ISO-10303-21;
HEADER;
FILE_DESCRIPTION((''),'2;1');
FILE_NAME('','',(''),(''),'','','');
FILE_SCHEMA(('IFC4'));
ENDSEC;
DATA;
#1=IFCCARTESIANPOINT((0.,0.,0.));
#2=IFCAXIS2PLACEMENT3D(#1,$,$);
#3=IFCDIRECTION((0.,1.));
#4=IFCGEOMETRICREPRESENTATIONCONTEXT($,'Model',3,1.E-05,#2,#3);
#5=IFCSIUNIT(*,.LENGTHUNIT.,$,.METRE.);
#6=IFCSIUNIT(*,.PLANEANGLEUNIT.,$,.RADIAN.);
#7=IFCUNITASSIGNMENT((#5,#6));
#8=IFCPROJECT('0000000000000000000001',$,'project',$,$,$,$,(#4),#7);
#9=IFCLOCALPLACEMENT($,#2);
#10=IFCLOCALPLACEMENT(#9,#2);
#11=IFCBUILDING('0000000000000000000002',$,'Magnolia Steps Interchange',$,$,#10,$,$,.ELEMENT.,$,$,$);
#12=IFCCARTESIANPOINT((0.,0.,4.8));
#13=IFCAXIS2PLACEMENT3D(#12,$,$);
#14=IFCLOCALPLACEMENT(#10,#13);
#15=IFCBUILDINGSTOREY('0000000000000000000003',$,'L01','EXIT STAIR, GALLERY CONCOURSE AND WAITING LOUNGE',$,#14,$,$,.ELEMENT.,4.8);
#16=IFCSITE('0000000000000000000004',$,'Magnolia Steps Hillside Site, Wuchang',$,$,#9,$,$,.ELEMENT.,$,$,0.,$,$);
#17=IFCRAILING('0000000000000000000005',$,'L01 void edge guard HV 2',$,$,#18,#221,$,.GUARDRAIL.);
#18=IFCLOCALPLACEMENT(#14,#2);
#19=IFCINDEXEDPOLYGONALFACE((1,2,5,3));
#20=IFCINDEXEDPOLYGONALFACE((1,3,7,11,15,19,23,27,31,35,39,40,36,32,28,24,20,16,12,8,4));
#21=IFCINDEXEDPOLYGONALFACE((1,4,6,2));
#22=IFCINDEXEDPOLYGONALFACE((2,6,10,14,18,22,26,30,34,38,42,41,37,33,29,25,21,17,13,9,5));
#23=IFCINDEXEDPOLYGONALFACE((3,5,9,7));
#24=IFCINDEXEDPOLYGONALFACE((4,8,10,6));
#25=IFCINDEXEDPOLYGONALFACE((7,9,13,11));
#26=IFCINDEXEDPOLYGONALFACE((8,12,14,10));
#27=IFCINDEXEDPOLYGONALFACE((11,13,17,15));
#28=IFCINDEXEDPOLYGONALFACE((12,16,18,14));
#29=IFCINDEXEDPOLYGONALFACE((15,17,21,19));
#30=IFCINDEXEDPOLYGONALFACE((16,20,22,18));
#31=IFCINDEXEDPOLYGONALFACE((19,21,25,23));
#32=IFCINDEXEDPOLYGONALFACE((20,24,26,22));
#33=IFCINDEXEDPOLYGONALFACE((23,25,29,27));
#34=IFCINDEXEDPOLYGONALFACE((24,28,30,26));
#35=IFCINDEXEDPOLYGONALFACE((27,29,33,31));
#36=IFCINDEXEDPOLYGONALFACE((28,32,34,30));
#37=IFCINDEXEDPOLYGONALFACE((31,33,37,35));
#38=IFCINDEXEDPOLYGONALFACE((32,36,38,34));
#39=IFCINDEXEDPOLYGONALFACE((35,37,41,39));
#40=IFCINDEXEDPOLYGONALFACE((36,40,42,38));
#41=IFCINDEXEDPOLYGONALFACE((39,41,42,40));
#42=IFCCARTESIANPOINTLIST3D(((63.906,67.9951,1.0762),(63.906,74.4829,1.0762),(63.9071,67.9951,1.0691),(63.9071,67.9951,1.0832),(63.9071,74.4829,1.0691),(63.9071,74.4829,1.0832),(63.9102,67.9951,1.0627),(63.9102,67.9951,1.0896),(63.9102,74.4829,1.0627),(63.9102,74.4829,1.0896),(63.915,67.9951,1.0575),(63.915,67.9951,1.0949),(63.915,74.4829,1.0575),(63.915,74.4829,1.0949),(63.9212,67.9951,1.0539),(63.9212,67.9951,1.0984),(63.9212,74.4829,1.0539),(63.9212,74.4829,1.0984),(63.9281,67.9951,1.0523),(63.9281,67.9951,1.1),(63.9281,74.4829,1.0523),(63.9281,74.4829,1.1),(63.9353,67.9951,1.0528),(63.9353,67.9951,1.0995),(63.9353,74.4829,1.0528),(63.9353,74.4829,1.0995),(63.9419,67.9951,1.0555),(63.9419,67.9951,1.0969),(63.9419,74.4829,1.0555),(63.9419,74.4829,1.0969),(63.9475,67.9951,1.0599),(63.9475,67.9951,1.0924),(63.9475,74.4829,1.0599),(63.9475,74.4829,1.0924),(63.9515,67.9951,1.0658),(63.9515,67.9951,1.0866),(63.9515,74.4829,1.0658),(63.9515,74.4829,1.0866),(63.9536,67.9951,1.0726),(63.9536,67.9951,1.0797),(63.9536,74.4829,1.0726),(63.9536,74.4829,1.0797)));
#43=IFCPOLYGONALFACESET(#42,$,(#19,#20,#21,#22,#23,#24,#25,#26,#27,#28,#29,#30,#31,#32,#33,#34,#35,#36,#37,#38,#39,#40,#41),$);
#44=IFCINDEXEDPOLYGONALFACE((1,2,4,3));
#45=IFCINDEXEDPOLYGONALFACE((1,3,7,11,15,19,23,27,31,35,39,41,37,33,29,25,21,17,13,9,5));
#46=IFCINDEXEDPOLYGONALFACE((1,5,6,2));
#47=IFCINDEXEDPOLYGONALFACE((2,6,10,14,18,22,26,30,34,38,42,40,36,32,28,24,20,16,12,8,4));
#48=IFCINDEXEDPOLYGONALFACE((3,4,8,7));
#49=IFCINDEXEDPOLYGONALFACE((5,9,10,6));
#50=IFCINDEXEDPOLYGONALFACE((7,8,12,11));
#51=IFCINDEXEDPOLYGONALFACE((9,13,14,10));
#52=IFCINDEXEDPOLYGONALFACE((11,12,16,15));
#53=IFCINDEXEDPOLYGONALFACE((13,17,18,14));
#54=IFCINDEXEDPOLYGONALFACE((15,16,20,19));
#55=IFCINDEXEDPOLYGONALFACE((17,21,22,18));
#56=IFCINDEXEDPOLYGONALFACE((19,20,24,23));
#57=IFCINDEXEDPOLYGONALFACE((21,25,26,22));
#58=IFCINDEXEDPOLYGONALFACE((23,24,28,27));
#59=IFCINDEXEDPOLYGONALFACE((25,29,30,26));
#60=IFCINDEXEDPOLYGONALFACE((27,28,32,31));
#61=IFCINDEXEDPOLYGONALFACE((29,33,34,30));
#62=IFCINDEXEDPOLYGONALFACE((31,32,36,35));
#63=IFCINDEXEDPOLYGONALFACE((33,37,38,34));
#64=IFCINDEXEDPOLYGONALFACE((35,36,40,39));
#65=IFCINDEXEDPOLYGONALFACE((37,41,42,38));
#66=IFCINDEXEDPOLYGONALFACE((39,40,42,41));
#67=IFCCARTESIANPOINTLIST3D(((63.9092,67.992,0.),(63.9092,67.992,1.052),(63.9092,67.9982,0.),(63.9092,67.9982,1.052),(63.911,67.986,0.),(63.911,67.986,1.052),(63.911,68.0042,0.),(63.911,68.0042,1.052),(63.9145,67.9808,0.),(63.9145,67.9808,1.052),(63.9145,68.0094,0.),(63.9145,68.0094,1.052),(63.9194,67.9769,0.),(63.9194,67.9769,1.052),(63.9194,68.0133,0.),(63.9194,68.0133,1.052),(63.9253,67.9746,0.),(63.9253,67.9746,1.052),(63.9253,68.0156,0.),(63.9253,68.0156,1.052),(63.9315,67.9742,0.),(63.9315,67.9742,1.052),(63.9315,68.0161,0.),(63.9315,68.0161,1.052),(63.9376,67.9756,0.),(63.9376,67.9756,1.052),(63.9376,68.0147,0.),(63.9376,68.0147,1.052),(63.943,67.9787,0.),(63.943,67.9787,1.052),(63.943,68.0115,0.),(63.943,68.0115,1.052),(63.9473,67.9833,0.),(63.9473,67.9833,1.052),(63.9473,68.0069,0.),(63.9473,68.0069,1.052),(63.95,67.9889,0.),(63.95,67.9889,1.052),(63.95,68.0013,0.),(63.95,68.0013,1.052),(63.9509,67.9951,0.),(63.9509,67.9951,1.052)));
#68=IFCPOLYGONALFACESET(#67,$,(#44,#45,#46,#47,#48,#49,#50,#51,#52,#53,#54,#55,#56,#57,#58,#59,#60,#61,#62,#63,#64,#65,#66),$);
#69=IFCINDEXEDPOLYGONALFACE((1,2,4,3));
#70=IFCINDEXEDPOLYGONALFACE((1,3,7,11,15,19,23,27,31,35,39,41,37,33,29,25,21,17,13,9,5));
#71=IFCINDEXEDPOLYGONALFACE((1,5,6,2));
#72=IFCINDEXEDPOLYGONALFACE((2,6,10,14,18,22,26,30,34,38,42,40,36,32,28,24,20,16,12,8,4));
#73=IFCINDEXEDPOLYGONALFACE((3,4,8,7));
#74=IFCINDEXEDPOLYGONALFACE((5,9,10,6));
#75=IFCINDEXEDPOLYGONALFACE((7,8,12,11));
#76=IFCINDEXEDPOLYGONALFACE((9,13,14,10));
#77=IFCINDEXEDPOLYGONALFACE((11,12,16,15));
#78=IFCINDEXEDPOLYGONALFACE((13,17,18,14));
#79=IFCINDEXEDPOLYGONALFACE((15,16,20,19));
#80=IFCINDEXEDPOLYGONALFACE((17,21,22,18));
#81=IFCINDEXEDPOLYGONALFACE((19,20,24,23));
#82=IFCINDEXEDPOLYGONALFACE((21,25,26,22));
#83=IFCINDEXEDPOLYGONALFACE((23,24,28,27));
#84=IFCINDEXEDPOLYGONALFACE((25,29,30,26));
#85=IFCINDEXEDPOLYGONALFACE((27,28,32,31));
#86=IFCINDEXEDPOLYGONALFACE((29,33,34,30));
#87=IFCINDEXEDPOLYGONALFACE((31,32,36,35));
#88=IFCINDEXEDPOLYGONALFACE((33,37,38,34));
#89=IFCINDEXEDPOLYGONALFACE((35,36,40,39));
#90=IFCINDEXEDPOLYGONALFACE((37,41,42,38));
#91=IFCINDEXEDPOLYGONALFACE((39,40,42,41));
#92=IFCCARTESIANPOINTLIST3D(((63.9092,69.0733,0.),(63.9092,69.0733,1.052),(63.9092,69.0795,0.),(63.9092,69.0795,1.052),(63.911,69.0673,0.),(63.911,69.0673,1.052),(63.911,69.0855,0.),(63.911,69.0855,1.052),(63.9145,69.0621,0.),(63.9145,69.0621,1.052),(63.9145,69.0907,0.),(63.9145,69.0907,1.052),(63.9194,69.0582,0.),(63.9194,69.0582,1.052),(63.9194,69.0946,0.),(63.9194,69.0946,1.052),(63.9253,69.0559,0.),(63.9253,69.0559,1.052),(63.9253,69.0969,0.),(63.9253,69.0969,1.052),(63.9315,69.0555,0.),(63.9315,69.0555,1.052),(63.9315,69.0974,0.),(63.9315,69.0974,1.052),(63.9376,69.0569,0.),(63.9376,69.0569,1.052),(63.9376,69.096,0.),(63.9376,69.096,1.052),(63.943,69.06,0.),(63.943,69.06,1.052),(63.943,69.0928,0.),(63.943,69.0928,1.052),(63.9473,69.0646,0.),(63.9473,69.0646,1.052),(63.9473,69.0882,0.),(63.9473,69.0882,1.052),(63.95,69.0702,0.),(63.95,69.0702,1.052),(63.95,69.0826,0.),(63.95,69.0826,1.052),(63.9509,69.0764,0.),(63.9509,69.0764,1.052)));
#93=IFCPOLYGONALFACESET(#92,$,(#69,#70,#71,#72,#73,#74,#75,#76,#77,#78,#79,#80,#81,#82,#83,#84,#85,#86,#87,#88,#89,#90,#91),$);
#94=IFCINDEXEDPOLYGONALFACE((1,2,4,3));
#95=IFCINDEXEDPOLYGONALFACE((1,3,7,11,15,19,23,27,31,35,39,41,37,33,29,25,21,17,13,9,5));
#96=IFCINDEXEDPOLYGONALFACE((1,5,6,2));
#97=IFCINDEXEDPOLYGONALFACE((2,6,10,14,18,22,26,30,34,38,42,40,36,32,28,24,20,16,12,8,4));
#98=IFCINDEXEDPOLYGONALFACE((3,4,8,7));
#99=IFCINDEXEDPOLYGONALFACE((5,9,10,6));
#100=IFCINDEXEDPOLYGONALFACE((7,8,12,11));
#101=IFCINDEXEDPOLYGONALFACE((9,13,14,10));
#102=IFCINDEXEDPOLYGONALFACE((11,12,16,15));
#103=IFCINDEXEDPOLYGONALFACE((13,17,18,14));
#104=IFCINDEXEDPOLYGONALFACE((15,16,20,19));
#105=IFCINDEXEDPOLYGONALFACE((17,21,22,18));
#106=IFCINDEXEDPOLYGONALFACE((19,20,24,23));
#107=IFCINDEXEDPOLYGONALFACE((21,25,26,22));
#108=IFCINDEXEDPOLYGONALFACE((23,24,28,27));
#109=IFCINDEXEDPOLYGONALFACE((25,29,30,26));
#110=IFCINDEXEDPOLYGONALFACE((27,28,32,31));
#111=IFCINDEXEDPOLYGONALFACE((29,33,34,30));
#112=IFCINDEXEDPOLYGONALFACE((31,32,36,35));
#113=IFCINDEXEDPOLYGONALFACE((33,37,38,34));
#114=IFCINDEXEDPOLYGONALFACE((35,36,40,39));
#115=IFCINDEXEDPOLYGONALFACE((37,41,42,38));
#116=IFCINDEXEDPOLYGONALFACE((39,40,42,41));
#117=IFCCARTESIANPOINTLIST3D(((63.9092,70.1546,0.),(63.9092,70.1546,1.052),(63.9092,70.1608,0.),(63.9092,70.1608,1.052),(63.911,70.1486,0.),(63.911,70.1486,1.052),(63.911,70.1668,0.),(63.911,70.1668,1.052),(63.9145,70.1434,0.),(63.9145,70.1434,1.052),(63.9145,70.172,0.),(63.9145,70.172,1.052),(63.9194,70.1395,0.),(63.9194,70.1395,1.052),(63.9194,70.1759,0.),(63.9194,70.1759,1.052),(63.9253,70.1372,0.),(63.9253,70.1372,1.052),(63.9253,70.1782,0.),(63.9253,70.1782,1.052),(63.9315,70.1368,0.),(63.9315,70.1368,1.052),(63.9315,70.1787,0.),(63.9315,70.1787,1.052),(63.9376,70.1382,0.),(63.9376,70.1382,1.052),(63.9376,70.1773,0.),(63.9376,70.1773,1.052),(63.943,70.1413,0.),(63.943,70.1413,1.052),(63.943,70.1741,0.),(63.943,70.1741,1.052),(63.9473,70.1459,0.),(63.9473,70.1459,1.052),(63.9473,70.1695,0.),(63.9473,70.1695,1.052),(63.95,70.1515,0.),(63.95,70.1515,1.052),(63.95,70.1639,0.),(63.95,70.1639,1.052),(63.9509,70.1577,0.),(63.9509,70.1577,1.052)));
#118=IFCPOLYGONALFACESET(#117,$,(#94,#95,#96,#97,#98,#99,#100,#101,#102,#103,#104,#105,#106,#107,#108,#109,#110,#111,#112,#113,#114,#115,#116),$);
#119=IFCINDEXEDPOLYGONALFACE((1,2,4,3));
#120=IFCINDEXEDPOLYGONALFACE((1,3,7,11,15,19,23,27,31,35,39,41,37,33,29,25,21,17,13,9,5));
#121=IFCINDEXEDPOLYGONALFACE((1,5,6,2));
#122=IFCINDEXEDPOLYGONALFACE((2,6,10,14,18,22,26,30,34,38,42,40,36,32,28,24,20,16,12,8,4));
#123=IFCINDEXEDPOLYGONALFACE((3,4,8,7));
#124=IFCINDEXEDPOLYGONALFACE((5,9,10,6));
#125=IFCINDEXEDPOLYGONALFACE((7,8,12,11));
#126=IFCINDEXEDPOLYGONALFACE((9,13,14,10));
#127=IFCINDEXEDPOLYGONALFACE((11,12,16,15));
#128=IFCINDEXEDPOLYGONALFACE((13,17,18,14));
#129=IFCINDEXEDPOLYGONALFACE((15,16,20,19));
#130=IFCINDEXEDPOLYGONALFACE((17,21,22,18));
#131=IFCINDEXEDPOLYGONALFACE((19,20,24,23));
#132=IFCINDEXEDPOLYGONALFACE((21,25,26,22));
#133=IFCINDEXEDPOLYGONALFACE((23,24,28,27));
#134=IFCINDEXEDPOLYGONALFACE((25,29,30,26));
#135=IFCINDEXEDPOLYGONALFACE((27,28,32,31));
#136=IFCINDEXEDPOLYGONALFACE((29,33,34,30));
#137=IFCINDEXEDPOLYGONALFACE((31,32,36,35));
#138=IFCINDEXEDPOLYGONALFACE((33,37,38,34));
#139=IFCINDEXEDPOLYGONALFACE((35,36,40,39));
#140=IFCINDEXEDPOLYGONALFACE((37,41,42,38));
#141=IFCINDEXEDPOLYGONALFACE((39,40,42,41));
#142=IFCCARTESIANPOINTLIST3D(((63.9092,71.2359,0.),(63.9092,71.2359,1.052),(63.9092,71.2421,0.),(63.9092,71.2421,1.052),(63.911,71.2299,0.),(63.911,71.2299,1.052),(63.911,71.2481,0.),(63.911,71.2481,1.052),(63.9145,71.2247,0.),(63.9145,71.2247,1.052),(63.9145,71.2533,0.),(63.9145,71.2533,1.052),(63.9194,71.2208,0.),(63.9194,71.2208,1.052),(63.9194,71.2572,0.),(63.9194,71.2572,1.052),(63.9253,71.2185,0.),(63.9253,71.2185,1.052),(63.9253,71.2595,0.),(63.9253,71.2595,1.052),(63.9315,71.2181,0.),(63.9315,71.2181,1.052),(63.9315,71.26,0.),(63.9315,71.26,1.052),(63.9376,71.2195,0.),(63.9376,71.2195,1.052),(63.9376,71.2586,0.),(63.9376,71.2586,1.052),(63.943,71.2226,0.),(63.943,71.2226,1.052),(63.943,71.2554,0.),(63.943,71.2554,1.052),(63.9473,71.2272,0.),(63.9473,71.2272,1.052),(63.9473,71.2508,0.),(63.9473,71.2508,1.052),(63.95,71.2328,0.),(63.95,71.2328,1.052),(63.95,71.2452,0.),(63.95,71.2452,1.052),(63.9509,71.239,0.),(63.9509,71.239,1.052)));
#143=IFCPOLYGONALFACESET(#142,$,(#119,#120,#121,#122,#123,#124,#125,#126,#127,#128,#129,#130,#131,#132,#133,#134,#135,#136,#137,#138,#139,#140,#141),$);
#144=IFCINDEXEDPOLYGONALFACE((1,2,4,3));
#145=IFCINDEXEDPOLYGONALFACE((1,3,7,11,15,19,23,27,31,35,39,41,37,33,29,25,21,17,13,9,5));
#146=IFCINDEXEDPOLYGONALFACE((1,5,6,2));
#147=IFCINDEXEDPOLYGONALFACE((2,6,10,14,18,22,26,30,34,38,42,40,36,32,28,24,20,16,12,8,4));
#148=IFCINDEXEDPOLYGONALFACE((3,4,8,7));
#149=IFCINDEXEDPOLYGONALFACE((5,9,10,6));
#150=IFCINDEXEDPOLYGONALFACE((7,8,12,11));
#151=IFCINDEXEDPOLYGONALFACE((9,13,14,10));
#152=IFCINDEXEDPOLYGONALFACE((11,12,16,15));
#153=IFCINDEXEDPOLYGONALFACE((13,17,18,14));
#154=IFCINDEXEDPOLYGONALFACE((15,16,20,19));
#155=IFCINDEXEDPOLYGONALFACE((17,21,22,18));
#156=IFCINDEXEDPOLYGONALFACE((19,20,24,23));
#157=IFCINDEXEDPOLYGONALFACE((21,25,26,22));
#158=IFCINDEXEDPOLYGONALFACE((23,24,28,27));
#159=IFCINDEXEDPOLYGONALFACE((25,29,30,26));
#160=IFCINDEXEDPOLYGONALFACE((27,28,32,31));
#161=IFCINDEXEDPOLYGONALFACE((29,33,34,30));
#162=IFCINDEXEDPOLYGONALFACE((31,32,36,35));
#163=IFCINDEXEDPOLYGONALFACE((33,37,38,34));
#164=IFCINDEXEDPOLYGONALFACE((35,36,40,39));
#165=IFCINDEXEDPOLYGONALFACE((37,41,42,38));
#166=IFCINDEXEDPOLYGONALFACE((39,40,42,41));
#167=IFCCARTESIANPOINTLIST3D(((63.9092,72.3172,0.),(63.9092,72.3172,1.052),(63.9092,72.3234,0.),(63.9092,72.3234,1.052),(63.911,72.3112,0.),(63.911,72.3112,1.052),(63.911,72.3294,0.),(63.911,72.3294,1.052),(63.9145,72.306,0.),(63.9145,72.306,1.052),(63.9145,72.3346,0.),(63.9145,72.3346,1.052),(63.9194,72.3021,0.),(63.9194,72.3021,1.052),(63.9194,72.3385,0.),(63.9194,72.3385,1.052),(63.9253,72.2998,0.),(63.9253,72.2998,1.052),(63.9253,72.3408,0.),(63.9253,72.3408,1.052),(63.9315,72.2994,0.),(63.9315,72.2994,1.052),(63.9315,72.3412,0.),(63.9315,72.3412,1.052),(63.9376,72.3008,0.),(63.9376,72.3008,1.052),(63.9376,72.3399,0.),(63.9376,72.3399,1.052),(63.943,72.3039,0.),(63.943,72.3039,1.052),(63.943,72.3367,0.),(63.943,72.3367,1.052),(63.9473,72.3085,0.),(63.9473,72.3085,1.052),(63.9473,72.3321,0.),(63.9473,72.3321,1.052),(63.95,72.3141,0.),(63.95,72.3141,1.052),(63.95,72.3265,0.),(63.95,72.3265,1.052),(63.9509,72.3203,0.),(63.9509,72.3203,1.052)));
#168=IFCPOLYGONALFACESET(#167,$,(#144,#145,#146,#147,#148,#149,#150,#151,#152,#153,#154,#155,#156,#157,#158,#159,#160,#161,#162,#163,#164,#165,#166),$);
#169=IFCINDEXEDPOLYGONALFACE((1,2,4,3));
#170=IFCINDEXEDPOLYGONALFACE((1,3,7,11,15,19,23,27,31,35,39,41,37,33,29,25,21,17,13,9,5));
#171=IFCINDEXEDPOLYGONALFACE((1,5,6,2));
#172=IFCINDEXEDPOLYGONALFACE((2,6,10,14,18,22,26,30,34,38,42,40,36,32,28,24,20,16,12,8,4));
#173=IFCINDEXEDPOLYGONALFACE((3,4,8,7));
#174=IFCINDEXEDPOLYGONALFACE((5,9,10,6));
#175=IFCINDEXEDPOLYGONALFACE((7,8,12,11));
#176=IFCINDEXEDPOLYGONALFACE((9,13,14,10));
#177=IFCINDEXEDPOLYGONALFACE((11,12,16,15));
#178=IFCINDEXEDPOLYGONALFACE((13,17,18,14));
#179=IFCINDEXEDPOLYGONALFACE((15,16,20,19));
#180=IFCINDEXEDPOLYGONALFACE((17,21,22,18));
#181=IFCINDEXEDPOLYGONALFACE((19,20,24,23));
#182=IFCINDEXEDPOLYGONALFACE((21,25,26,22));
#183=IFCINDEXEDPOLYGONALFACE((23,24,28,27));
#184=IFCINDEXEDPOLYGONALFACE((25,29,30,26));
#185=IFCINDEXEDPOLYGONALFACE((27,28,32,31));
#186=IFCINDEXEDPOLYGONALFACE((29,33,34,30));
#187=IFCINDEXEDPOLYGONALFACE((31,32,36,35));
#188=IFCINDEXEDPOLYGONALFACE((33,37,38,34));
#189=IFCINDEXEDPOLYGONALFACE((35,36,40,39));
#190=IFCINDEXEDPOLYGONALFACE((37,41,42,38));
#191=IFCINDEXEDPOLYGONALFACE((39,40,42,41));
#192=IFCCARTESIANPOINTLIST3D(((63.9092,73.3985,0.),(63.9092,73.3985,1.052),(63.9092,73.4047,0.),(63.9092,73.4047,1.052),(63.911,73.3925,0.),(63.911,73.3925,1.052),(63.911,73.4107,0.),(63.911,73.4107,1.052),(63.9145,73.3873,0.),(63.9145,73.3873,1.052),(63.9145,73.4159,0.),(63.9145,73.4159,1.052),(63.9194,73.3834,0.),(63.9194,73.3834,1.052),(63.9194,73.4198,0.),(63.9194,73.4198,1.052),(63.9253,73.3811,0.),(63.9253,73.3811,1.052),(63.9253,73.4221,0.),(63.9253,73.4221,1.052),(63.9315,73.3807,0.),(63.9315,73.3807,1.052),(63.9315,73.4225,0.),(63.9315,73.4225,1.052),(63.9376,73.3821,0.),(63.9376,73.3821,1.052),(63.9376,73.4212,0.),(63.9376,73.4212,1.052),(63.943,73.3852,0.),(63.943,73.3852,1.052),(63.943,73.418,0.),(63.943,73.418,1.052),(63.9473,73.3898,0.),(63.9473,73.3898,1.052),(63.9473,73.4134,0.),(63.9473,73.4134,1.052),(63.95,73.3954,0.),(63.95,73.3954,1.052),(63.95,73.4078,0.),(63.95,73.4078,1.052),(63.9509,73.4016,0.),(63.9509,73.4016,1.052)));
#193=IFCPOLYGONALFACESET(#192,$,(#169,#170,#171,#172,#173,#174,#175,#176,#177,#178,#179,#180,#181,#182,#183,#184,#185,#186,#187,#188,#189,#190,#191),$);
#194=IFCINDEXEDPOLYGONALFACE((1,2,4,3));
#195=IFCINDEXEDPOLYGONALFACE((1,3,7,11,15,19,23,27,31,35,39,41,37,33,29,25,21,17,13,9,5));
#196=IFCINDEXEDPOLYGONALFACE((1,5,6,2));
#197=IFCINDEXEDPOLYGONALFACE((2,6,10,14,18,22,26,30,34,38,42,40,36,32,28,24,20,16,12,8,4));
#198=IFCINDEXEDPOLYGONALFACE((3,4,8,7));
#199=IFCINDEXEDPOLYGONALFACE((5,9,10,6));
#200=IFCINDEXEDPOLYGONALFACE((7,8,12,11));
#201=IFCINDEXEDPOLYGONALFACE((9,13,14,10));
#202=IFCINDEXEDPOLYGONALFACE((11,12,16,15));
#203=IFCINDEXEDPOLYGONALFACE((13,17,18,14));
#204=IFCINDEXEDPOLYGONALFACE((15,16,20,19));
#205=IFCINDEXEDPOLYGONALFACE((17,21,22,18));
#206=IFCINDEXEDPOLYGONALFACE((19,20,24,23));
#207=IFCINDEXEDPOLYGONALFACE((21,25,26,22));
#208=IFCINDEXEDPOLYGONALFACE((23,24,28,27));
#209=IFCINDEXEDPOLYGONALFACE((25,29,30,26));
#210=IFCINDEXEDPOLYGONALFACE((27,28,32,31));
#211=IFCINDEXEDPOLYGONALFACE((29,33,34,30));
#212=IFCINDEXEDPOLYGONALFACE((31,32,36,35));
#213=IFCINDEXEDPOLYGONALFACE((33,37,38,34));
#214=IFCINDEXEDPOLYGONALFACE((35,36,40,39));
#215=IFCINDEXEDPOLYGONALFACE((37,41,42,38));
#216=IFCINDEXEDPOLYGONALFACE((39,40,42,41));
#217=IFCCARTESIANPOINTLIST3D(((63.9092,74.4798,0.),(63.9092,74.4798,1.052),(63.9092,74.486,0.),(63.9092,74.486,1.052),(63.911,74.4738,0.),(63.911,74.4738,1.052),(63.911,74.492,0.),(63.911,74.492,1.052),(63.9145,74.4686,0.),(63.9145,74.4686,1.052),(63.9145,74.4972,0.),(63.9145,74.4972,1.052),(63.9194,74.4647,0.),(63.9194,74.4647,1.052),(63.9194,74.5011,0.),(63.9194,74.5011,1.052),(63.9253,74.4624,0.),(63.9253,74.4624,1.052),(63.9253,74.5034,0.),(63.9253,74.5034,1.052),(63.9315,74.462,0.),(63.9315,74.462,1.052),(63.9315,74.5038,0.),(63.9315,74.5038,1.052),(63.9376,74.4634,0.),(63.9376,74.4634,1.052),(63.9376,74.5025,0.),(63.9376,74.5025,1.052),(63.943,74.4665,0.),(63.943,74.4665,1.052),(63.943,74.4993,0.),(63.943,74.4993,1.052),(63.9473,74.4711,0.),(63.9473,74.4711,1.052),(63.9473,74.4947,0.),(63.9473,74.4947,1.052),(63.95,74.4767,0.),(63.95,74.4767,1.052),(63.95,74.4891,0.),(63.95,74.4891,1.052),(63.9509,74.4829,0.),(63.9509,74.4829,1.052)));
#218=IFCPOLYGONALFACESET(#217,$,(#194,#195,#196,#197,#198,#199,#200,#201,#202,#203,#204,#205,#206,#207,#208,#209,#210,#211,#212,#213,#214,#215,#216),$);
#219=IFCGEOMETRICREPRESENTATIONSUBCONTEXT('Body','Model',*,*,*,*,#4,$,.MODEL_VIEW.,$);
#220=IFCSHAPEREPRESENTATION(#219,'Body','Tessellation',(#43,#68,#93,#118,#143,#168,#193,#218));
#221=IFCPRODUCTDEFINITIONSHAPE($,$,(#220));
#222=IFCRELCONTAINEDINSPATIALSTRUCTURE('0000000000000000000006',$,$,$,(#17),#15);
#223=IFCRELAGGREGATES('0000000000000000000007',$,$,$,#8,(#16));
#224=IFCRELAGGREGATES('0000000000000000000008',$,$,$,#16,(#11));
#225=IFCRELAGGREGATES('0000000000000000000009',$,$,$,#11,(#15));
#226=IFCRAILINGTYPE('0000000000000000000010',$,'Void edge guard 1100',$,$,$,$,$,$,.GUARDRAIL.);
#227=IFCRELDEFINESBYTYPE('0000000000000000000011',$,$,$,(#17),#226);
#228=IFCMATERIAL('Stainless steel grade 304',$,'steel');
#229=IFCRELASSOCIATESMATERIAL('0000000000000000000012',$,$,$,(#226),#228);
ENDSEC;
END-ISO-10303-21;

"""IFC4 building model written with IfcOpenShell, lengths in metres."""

from ifc_helpers import new_model, si_unit, direction, frame, origin, origin_2d, place, context, subcontext, project, spatial, circle, extrude, material, type_object, element, save


model = new_model("IFC4")

# Units and contexts
model_context = context("Model", 3, precision=1e-05, world=origin(), true_north=direction((0.0, 1.0)))
body_context = subcontext(model_context, "Body", "Model", "MODEL_VIEW")
ifc_project = project(units=[si_unit("LENGTHUNIT", "METRE"), si_unit("PLANEANGLEUNIT", "RADIAN")], contexts=[model_context])

# Site, building, storey
site_placement = place(None, origin())
site = spatial("IfcSite", under=ifc_project, at=site_placement, Name="Magnolia Steps Hillside Site, Wuchang", CompositionType="ELEMENT", RefElevation=0.0)
building_placement = place(site_placement, origin())
building = spatial("IfcBuilding", under=site, at=building_placement, Name="Magnolia Steps Interchange", CompositionType="ELEMENT")
storey_placement = place(building_placement, frame((0.0, 0.0, 4.8)))
storey = spatial("IfcBuildingStorey", under=building, at=storey_placement, Name="L01", Description="EXIT STAIR, GALLERY CONCOURSE AND WAITING LOUNGE", CompositionType="ELEMENT", Elevation=4.8)

# Railing
ifc_material_1 = material(Name="Stainless steel grade 304", Category="steel")
railing_type_1 = type_object("IfcRailingType", Name="Void edge guard 1100", PredefinedType="GUARDRAIL", material=ifc_material_1)
railing_1_placement = place(storey_placement, frame((63.9299, 67.9951, 0.0)))
element("IfcRailing", 1, at=railing_1_placement, inside=storey, type_object=railing_type_1, Name="L01 void edge guard HV 2", PredefinedType="GUARDRAIL", context=body_context, shape_type="SweptSolid", body=[
    extrude(circle(Radius=0.0239, at=origin_2d()), frame((0.0, 0.0, 1.0762), z_axis=(0.0, 1.0, 0.0), x_axis=(-1.0, 0.0, 0.0)), (0.0, 0.0, 1.0), 6.4878),
    extrude(circle(Radius=0.021, at=origin_2d()), origin(), (0.0, 0.0, 1.0), 1.052),
    extrude(circle(Radius=0.021, at=origin_2d()), frame((0.0, 1.0813, 0.0)), (0.0, 0.0, 1.0), 1.052),
    extrude(circle(Radius=0.021, at=origin_2d()), frame((0.0, 2.1626, 0.0)), (0.0, 0.0, 1.0), 1.052),
    extrude(circle(Radius=0.021, at=origin_2d()), frame((0.0, 3.2439, 0.0)), (0.0, 0.0, 1.0), 1.052),
    extrude(circle(Radius=0.021, at=origin_2d()), frame((0.0, 4.3252, 0.0)), (0.0, 0.0, 1.0), 1.052),
    extrude(circle(Radius=0.021, at=origin_2d()), frame((0.0, 5.4065, 0.0)), (0.0, 0.0, 1.0), 1.052),
    extrude(circle(Radius=0.021, at=origin_2d()), frame((0.0, 6.4878, 0.0)), (0.0, 0.0, 1.0), 1.052),
])

save(model, "model.ifc")
